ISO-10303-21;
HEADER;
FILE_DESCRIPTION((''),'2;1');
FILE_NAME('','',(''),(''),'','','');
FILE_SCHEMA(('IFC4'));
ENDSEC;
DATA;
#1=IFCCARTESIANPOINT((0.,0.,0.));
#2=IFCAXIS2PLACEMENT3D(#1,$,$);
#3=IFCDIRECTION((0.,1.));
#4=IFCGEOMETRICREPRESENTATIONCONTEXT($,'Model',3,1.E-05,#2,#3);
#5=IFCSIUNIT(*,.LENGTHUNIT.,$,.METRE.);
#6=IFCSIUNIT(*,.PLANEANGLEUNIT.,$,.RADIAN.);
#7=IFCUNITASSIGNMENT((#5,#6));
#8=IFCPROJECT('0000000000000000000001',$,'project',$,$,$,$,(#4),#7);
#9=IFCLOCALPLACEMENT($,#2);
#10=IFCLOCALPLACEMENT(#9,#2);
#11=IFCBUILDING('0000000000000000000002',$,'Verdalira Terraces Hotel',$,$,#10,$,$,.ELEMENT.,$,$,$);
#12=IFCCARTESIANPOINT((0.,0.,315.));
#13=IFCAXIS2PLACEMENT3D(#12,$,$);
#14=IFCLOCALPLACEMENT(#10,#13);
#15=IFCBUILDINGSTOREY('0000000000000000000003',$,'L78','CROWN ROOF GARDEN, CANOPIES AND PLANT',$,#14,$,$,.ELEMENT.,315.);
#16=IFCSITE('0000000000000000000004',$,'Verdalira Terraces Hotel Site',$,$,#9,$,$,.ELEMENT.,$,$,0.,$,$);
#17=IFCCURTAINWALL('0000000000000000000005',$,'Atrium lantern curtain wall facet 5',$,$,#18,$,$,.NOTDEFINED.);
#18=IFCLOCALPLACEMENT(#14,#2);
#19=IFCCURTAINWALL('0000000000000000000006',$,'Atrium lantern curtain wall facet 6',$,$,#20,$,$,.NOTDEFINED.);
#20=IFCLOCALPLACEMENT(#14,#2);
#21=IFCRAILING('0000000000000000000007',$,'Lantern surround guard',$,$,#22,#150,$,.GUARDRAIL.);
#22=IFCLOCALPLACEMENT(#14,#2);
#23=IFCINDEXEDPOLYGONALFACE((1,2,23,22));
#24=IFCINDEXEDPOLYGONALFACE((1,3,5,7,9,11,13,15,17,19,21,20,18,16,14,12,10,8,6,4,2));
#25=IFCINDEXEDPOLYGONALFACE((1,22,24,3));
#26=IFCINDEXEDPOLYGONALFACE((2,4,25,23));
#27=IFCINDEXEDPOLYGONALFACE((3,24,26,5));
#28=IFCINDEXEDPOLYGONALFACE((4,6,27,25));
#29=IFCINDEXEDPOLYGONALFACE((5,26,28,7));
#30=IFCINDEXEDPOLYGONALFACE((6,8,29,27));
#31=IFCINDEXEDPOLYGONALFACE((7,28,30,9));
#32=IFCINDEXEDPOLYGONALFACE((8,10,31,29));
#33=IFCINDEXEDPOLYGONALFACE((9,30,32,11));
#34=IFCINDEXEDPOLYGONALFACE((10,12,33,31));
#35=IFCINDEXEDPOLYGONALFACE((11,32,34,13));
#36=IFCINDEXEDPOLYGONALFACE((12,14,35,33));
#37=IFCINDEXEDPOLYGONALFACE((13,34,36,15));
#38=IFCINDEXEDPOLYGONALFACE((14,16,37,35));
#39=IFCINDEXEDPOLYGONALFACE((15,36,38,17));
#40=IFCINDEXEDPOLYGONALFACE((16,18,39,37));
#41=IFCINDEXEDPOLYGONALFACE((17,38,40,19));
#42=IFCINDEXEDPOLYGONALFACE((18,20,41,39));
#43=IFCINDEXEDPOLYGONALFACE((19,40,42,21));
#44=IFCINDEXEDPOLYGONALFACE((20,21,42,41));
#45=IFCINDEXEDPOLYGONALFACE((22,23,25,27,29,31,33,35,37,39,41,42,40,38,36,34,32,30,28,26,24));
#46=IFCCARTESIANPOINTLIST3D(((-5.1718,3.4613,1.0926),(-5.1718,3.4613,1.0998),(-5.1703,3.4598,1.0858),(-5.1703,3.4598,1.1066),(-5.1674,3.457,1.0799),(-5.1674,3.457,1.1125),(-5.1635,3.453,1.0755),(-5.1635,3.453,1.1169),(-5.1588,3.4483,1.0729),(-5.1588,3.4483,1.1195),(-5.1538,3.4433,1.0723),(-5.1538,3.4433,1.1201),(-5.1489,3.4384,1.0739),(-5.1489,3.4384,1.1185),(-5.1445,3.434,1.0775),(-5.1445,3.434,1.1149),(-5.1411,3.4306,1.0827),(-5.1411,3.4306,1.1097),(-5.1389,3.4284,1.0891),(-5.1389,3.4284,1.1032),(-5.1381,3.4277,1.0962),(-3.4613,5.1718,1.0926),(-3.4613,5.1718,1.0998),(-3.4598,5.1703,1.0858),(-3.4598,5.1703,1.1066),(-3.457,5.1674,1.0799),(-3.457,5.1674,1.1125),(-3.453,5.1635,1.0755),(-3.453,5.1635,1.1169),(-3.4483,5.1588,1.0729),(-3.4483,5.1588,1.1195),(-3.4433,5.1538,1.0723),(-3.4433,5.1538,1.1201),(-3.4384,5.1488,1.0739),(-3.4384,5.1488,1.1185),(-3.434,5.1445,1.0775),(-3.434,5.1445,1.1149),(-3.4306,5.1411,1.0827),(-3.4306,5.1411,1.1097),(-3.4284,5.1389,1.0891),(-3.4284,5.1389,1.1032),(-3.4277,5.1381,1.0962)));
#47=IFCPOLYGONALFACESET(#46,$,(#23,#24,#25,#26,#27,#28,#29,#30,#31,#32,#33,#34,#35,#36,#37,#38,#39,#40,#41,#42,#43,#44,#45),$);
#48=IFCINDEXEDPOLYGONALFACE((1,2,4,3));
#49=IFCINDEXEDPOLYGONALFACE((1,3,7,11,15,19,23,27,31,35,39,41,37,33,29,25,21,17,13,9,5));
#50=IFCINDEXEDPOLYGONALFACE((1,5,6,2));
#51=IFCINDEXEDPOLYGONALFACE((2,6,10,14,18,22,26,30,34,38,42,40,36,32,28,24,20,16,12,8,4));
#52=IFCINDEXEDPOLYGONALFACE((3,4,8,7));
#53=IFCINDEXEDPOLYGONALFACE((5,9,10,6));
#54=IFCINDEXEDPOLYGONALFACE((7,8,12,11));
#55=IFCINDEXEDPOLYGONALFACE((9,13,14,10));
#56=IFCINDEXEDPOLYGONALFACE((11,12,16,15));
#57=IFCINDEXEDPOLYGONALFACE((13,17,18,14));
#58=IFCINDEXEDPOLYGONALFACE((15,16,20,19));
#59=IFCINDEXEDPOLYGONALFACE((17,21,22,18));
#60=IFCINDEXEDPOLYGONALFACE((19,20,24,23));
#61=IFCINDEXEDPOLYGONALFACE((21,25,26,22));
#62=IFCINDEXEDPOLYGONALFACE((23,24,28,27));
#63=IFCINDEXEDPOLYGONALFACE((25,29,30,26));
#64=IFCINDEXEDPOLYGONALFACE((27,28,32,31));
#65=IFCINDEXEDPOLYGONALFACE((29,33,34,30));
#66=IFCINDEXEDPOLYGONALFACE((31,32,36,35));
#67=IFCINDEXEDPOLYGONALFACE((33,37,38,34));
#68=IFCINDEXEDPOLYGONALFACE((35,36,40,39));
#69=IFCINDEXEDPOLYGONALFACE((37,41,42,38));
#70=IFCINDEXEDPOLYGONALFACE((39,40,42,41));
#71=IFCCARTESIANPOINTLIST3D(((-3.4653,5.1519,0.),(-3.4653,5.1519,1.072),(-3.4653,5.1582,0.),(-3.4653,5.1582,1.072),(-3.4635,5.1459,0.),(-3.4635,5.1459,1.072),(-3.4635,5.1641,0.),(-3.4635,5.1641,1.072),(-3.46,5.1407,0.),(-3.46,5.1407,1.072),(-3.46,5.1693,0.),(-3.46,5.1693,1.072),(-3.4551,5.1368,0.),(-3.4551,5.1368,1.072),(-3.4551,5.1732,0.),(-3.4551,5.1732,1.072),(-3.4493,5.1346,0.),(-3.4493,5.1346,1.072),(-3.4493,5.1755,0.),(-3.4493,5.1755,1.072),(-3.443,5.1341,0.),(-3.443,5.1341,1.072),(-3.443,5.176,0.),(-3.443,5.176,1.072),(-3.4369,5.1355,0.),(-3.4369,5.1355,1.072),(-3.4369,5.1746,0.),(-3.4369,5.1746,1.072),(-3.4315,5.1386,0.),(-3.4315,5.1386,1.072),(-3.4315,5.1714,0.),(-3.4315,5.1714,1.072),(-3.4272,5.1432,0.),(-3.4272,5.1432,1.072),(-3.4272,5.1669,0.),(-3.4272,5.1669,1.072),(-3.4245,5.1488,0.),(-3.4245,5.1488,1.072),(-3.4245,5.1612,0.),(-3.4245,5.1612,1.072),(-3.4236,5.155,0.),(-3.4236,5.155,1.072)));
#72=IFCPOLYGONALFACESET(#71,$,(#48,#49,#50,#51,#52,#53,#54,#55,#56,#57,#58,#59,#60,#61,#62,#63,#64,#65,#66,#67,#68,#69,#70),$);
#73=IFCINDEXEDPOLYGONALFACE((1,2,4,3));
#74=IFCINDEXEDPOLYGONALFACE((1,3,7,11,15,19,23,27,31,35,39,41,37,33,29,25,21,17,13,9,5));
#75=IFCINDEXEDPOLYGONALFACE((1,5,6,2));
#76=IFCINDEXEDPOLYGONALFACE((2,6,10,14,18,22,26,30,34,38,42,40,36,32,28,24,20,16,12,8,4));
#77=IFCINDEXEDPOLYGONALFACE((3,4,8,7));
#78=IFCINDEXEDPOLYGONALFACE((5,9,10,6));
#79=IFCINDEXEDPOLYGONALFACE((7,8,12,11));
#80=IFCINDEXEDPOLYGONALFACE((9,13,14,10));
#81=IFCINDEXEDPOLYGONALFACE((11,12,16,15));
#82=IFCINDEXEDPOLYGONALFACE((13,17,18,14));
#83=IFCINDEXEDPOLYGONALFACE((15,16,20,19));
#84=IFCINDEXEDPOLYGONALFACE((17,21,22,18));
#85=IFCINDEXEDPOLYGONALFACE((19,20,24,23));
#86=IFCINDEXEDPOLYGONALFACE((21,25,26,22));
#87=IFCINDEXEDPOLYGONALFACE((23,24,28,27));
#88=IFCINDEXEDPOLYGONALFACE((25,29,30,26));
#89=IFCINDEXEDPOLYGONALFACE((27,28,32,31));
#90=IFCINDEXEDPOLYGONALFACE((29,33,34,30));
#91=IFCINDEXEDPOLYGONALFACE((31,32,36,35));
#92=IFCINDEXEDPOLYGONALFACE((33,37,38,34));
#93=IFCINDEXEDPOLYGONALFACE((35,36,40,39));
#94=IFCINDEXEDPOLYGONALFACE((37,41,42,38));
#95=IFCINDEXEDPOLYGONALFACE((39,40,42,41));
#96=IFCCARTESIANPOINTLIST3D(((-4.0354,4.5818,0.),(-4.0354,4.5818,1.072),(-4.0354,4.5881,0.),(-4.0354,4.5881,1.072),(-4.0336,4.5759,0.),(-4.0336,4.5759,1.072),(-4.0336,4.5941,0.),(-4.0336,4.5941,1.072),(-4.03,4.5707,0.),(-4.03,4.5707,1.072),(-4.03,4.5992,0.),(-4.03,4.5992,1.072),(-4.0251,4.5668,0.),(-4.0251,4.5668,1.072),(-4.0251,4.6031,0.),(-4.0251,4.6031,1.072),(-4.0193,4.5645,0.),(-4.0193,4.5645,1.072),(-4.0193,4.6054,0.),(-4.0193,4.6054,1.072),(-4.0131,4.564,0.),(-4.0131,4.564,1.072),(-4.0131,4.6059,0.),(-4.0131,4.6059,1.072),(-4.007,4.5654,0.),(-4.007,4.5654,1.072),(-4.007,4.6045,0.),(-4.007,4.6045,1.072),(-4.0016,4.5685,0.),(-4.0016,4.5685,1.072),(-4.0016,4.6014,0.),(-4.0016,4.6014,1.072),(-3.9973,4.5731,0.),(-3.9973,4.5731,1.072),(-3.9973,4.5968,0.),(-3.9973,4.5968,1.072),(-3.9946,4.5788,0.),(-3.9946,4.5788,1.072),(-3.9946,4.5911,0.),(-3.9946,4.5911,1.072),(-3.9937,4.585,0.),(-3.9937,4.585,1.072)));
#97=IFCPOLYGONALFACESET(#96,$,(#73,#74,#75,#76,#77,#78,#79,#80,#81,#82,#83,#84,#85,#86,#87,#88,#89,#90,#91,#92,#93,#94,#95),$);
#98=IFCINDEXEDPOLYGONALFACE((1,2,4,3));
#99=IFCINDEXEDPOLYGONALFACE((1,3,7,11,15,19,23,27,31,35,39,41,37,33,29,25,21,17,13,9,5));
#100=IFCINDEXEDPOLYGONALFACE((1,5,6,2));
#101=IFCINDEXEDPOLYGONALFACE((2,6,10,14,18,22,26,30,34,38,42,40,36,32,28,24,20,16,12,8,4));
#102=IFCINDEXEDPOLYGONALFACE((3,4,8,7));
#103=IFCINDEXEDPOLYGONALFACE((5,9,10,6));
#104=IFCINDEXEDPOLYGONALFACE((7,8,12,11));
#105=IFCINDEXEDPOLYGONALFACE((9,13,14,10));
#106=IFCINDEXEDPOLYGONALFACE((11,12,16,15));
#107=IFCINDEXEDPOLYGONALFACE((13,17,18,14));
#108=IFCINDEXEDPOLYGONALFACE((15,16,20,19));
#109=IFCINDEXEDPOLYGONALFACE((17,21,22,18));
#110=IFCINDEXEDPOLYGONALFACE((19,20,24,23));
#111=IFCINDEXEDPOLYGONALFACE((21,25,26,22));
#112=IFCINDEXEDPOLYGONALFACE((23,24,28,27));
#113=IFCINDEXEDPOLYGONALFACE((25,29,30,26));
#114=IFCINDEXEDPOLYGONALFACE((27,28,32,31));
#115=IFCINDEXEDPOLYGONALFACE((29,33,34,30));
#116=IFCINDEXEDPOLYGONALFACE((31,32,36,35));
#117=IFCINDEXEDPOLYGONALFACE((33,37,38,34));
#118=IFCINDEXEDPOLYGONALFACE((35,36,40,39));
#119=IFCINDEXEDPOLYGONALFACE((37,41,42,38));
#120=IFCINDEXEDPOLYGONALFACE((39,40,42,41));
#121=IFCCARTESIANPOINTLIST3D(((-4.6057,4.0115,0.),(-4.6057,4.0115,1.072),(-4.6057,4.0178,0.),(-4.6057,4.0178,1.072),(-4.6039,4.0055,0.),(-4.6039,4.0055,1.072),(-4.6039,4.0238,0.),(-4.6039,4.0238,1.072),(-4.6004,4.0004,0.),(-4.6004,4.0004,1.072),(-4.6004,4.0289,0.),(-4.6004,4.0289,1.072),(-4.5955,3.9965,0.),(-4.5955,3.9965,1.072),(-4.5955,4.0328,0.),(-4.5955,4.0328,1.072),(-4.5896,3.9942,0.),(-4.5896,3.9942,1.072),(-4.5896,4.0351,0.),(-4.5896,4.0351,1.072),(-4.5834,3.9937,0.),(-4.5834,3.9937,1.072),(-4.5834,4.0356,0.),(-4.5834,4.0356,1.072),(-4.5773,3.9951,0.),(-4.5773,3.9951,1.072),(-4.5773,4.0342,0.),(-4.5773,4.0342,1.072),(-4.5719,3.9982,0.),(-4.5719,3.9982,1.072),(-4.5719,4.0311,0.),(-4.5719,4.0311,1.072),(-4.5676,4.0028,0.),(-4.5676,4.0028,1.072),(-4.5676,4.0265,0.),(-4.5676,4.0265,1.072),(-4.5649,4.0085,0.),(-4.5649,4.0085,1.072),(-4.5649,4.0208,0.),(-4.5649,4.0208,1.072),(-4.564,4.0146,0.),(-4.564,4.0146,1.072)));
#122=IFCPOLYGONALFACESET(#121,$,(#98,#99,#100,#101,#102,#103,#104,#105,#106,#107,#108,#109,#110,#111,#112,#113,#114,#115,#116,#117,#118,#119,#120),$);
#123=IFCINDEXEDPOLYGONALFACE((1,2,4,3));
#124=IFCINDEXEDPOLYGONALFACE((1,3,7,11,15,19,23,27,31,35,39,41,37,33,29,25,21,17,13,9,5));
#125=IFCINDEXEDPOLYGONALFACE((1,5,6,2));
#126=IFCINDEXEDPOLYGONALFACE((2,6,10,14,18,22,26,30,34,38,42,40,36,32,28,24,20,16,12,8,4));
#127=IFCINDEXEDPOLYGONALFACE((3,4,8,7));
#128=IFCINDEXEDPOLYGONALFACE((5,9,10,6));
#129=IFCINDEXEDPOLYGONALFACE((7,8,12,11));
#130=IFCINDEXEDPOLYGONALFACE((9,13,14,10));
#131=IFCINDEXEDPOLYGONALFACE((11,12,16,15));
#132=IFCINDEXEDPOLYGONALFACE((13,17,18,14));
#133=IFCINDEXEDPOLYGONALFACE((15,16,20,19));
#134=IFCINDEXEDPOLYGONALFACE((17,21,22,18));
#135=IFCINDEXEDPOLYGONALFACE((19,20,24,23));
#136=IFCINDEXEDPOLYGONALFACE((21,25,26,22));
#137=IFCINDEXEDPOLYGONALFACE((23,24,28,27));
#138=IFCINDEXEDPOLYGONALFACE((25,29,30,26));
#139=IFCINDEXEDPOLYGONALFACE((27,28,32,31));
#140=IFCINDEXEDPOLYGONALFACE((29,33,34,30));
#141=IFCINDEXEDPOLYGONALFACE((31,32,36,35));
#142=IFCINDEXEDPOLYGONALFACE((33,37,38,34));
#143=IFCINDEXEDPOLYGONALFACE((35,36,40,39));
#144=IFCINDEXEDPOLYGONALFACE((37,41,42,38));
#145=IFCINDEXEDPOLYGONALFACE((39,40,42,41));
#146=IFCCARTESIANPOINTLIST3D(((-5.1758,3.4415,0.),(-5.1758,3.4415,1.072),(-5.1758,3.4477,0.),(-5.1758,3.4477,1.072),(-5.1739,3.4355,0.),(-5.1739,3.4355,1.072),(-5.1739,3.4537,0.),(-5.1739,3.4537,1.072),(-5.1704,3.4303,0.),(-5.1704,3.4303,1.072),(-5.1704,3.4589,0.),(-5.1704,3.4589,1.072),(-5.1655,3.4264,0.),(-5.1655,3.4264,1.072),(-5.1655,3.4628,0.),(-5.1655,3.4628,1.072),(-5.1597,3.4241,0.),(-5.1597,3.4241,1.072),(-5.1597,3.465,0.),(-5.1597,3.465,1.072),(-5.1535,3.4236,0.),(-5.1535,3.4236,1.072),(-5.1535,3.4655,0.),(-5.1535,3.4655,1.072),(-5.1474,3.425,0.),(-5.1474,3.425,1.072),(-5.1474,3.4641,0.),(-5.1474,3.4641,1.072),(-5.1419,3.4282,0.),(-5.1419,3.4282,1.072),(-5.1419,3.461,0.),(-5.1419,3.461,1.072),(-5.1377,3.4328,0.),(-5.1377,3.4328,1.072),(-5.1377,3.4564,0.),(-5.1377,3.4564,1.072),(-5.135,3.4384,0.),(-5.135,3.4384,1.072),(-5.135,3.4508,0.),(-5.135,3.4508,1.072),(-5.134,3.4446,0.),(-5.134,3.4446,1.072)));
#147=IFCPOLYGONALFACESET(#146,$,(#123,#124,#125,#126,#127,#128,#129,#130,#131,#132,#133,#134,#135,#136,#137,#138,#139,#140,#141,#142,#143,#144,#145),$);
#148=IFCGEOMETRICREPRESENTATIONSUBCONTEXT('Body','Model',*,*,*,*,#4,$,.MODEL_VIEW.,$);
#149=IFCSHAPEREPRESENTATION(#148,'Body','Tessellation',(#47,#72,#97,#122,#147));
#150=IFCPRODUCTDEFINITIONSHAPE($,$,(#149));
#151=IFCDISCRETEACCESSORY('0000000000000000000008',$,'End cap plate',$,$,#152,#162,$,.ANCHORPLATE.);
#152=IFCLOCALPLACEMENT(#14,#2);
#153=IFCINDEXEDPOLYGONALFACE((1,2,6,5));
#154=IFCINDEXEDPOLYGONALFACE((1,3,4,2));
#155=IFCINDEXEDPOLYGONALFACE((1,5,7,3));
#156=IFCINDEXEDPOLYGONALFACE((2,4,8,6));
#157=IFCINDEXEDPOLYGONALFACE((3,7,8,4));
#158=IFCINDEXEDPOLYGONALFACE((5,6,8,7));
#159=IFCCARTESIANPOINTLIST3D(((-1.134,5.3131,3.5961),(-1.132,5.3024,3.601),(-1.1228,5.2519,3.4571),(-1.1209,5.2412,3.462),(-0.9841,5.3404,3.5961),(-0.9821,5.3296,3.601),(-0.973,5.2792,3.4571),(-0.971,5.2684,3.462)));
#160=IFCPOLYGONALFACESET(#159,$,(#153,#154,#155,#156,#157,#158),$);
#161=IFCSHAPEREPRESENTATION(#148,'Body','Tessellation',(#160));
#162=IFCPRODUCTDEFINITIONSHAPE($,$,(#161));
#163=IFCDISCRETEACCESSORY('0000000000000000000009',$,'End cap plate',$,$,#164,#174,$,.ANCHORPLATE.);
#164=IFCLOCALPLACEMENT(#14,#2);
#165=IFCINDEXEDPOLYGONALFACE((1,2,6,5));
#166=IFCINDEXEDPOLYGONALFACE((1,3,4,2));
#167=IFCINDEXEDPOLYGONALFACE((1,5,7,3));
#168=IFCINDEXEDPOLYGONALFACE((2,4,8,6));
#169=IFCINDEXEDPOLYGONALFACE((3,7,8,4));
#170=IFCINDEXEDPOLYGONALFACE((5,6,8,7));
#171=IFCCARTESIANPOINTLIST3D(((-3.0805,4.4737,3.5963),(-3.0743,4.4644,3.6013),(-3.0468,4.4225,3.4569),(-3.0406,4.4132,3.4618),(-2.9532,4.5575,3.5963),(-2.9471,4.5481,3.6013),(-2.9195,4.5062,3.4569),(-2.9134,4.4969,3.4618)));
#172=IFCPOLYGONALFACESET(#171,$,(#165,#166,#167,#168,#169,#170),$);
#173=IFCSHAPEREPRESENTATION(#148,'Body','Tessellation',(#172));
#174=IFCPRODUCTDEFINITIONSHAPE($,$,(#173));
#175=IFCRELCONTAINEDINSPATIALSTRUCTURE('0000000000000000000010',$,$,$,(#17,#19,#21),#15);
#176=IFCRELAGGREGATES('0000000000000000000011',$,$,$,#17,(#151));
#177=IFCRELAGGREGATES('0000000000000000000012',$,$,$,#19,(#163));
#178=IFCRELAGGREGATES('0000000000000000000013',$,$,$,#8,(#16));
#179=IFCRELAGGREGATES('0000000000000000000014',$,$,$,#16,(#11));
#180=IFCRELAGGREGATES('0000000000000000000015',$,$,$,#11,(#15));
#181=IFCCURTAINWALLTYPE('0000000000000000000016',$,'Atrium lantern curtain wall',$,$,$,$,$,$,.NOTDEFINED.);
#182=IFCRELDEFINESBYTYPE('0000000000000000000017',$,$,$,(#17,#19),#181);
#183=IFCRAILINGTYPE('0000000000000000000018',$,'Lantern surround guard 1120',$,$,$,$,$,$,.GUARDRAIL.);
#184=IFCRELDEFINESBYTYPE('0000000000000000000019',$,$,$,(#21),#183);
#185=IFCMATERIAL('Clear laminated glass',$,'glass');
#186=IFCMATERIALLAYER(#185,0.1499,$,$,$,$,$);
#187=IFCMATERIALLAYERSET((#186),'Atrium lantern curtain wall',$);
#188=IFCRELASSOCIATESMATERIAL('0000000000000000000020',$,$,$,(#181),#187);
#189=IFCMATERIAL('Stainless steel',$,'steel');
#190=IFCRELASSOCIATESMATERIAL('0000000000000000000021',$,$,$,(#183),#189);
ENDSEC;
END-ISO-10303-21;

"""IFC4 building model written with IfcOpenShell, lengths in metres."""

from ifc_helpers import new_model, si_unit, direction, frame, origin, origin_2d, place, context, subcontext, project, spatial, rectangle, circle, extrude, material, layer, layer_set, type_object, element, aggregate, save


model = new_model("IFC4")

# Units and contexts
model_context = context("Model", 3, precision=1e-05, world=origin(), true_north=direction((0.0, 1.0)))
body_context = subcontext(model_context, "Body", "Model", "MODEL_VIEW")
ifc_project = project(units=[si_unit("LENGTHUNIT", "METRE"), si_unit("PLANEANGLEUNIT", "RADIAN")], contexts=[model_context])

# Site, building, storey
site_placement = place(None, origin())
site = spatial("IfcSite", under=ifc_project, at=site_placement, Name="Verdalira Terraces Hotel Site", CompositionType="ELEMENT", RefElevation=0.0)
building_placement = place(site_placement, origin())
building = spatial("IfcBuilding", under=site, at=building_placement, Name="Verdalira Terraces Hotel", CompositionType="ELEMENT")
storey_placement = place(building_placement, frame((0.0, 0.0, 315.0)))
storey = spatial("IfcBuildingStorey", under=building, at=storey_placement, Name="L78", Description="CROWN ROOF GARDEN, CANOPIES AND PLANT", CompositionType="ELEMENT", Elevation=315.0)

# Curtain walls
ifc_material_1 = material(Name="Clear laminated glass", Category="glass")
ifc_layer_1 = layer(ifc_material_1, 0.1499)
ifc_layer_set_1 = layer_set([ifc_layer_1], Name="Atrium lantern curtain wall")
curtain_wall_type = type_object("IfcCurtainWallType", Name="Atrium lantern curtain wall", PredefinedType="NOTDEFINED", material=ifc_layer_set_1)
curtain_wall_1_placement = place(storey_placement, origin())
curtain_wall_1 = element("IfcCurtainWall", 1, at=curtain_wall_1_placement, inside=storey, type_object=curtain_wall_type, Name="Atrium lantern curtain wall facet 5", PredefinedType="NOTDEFINED")
curtain_wall_2_placement = place(storey_placement, origin())
curtain_wall_2 = element("IfcCurtainWall", 2, at=curtain_wall_2_placement, inside=storey, type_object=curtain_wall_type, Name="Atrium lantern curtain wall facet 6", PredefinedType="NOTDEFINED")

# Railing
ifc_material_2 = material(Name="Stainless steel", Category="steel")
railing_type = type_object("IfcRailingType", Name="Lantern surround guard 1120", PredefinedType="GUARDRAIL", material=ifc_material_2)
railing_1_placement = place(storey_placement, frame((-3.4446, 5.155, 0.0)))
element("IfcRailing", 3, at=railing_1_placement, inside=storey, type_object=railing_type, Name="Lantern surround guard", PredefinedType="GUARDRAIL", context=body_context, shape_type="SweptSolid", body=[
    extrude(circle(Radius=0.0239, at=origin_2d()), frame((0.0, 0.0, 1.0962), z_axis=(-0.707107, -0.707107, 0.0), x_axis=(0.707107, -0.707107, 0.0)), (0.0, 0.0, 1.0), 2.4189),
    extrude(circle(Radius=0.021, at=origin_2d()), origin(), (0.0, 0.0, 1.0), 1.072),
    extrude(circle(Radius=0.021, at=origin_2d()), frame((-0.5701, -0.5701, 0.0)), (0.0, 0.0, 1.0), 1.072),
    extrude(circle(Radius=0.021, at=origin_2d()), frame((-1.1404, -1.1404, 0.0)), (0.0, 0.0, 1.0), 1.072),
    extrude(circle(Radius=0.021, at=origin_2d()), frame((-1.7104, -1.7104, 0.0)), (0.0, 0.0, 1.0), 1.072),
])

# Discrete accessories
discrete_accessory_1_placement = place(storey_placement, frame((-1.0535, 5.2961, 3.5266), z_axis=(0.163299, -0.898146, 0.408248), x_axis=(0.98387, 0.178885, 0.0)))
discrete_accessory_1 = element("IfcDiscreteAccessory", 4, at=discrete_accessory_1_placement, Name="End cap plate", PredefinedType="ANCHORPLATE", context=body_context, shape_type="SweptSolid", body=[
    extrude(rectangle(XDim=0.1523, YDim=0.1523, at=origin_2d()), origin(), (0.0, 0.0, 1.0), 0.012),
])
aggregate(curtain_wall_1, [discrete_accessory_1])
discrete_accessory_2_placement = place(storey_placement, frame((-3.0, 4.49, 3.5266), z_axis=(0.503129, -0.764756, 0.402503), x_axis=(0.835417, 0.549617, 0.0)))
discrete_accessory_2 = element("IfcDiscreteAccessory", 5, at=discrete_accessory_2_placement, Name="End cap plate", PredefinedType="ANCHORPLATE", context=body_context, shape_type="SweptSolid", body=[
    extrude(rectangle(XDim=0.1523, YDim=0.1523, at=origin_2d()), origin(), (0.0, 0.0, 1.0), 0.0122),
])
aggregate(curtain_wall_2, [discrete_accessory_2])

save(model, "model.ifc")
